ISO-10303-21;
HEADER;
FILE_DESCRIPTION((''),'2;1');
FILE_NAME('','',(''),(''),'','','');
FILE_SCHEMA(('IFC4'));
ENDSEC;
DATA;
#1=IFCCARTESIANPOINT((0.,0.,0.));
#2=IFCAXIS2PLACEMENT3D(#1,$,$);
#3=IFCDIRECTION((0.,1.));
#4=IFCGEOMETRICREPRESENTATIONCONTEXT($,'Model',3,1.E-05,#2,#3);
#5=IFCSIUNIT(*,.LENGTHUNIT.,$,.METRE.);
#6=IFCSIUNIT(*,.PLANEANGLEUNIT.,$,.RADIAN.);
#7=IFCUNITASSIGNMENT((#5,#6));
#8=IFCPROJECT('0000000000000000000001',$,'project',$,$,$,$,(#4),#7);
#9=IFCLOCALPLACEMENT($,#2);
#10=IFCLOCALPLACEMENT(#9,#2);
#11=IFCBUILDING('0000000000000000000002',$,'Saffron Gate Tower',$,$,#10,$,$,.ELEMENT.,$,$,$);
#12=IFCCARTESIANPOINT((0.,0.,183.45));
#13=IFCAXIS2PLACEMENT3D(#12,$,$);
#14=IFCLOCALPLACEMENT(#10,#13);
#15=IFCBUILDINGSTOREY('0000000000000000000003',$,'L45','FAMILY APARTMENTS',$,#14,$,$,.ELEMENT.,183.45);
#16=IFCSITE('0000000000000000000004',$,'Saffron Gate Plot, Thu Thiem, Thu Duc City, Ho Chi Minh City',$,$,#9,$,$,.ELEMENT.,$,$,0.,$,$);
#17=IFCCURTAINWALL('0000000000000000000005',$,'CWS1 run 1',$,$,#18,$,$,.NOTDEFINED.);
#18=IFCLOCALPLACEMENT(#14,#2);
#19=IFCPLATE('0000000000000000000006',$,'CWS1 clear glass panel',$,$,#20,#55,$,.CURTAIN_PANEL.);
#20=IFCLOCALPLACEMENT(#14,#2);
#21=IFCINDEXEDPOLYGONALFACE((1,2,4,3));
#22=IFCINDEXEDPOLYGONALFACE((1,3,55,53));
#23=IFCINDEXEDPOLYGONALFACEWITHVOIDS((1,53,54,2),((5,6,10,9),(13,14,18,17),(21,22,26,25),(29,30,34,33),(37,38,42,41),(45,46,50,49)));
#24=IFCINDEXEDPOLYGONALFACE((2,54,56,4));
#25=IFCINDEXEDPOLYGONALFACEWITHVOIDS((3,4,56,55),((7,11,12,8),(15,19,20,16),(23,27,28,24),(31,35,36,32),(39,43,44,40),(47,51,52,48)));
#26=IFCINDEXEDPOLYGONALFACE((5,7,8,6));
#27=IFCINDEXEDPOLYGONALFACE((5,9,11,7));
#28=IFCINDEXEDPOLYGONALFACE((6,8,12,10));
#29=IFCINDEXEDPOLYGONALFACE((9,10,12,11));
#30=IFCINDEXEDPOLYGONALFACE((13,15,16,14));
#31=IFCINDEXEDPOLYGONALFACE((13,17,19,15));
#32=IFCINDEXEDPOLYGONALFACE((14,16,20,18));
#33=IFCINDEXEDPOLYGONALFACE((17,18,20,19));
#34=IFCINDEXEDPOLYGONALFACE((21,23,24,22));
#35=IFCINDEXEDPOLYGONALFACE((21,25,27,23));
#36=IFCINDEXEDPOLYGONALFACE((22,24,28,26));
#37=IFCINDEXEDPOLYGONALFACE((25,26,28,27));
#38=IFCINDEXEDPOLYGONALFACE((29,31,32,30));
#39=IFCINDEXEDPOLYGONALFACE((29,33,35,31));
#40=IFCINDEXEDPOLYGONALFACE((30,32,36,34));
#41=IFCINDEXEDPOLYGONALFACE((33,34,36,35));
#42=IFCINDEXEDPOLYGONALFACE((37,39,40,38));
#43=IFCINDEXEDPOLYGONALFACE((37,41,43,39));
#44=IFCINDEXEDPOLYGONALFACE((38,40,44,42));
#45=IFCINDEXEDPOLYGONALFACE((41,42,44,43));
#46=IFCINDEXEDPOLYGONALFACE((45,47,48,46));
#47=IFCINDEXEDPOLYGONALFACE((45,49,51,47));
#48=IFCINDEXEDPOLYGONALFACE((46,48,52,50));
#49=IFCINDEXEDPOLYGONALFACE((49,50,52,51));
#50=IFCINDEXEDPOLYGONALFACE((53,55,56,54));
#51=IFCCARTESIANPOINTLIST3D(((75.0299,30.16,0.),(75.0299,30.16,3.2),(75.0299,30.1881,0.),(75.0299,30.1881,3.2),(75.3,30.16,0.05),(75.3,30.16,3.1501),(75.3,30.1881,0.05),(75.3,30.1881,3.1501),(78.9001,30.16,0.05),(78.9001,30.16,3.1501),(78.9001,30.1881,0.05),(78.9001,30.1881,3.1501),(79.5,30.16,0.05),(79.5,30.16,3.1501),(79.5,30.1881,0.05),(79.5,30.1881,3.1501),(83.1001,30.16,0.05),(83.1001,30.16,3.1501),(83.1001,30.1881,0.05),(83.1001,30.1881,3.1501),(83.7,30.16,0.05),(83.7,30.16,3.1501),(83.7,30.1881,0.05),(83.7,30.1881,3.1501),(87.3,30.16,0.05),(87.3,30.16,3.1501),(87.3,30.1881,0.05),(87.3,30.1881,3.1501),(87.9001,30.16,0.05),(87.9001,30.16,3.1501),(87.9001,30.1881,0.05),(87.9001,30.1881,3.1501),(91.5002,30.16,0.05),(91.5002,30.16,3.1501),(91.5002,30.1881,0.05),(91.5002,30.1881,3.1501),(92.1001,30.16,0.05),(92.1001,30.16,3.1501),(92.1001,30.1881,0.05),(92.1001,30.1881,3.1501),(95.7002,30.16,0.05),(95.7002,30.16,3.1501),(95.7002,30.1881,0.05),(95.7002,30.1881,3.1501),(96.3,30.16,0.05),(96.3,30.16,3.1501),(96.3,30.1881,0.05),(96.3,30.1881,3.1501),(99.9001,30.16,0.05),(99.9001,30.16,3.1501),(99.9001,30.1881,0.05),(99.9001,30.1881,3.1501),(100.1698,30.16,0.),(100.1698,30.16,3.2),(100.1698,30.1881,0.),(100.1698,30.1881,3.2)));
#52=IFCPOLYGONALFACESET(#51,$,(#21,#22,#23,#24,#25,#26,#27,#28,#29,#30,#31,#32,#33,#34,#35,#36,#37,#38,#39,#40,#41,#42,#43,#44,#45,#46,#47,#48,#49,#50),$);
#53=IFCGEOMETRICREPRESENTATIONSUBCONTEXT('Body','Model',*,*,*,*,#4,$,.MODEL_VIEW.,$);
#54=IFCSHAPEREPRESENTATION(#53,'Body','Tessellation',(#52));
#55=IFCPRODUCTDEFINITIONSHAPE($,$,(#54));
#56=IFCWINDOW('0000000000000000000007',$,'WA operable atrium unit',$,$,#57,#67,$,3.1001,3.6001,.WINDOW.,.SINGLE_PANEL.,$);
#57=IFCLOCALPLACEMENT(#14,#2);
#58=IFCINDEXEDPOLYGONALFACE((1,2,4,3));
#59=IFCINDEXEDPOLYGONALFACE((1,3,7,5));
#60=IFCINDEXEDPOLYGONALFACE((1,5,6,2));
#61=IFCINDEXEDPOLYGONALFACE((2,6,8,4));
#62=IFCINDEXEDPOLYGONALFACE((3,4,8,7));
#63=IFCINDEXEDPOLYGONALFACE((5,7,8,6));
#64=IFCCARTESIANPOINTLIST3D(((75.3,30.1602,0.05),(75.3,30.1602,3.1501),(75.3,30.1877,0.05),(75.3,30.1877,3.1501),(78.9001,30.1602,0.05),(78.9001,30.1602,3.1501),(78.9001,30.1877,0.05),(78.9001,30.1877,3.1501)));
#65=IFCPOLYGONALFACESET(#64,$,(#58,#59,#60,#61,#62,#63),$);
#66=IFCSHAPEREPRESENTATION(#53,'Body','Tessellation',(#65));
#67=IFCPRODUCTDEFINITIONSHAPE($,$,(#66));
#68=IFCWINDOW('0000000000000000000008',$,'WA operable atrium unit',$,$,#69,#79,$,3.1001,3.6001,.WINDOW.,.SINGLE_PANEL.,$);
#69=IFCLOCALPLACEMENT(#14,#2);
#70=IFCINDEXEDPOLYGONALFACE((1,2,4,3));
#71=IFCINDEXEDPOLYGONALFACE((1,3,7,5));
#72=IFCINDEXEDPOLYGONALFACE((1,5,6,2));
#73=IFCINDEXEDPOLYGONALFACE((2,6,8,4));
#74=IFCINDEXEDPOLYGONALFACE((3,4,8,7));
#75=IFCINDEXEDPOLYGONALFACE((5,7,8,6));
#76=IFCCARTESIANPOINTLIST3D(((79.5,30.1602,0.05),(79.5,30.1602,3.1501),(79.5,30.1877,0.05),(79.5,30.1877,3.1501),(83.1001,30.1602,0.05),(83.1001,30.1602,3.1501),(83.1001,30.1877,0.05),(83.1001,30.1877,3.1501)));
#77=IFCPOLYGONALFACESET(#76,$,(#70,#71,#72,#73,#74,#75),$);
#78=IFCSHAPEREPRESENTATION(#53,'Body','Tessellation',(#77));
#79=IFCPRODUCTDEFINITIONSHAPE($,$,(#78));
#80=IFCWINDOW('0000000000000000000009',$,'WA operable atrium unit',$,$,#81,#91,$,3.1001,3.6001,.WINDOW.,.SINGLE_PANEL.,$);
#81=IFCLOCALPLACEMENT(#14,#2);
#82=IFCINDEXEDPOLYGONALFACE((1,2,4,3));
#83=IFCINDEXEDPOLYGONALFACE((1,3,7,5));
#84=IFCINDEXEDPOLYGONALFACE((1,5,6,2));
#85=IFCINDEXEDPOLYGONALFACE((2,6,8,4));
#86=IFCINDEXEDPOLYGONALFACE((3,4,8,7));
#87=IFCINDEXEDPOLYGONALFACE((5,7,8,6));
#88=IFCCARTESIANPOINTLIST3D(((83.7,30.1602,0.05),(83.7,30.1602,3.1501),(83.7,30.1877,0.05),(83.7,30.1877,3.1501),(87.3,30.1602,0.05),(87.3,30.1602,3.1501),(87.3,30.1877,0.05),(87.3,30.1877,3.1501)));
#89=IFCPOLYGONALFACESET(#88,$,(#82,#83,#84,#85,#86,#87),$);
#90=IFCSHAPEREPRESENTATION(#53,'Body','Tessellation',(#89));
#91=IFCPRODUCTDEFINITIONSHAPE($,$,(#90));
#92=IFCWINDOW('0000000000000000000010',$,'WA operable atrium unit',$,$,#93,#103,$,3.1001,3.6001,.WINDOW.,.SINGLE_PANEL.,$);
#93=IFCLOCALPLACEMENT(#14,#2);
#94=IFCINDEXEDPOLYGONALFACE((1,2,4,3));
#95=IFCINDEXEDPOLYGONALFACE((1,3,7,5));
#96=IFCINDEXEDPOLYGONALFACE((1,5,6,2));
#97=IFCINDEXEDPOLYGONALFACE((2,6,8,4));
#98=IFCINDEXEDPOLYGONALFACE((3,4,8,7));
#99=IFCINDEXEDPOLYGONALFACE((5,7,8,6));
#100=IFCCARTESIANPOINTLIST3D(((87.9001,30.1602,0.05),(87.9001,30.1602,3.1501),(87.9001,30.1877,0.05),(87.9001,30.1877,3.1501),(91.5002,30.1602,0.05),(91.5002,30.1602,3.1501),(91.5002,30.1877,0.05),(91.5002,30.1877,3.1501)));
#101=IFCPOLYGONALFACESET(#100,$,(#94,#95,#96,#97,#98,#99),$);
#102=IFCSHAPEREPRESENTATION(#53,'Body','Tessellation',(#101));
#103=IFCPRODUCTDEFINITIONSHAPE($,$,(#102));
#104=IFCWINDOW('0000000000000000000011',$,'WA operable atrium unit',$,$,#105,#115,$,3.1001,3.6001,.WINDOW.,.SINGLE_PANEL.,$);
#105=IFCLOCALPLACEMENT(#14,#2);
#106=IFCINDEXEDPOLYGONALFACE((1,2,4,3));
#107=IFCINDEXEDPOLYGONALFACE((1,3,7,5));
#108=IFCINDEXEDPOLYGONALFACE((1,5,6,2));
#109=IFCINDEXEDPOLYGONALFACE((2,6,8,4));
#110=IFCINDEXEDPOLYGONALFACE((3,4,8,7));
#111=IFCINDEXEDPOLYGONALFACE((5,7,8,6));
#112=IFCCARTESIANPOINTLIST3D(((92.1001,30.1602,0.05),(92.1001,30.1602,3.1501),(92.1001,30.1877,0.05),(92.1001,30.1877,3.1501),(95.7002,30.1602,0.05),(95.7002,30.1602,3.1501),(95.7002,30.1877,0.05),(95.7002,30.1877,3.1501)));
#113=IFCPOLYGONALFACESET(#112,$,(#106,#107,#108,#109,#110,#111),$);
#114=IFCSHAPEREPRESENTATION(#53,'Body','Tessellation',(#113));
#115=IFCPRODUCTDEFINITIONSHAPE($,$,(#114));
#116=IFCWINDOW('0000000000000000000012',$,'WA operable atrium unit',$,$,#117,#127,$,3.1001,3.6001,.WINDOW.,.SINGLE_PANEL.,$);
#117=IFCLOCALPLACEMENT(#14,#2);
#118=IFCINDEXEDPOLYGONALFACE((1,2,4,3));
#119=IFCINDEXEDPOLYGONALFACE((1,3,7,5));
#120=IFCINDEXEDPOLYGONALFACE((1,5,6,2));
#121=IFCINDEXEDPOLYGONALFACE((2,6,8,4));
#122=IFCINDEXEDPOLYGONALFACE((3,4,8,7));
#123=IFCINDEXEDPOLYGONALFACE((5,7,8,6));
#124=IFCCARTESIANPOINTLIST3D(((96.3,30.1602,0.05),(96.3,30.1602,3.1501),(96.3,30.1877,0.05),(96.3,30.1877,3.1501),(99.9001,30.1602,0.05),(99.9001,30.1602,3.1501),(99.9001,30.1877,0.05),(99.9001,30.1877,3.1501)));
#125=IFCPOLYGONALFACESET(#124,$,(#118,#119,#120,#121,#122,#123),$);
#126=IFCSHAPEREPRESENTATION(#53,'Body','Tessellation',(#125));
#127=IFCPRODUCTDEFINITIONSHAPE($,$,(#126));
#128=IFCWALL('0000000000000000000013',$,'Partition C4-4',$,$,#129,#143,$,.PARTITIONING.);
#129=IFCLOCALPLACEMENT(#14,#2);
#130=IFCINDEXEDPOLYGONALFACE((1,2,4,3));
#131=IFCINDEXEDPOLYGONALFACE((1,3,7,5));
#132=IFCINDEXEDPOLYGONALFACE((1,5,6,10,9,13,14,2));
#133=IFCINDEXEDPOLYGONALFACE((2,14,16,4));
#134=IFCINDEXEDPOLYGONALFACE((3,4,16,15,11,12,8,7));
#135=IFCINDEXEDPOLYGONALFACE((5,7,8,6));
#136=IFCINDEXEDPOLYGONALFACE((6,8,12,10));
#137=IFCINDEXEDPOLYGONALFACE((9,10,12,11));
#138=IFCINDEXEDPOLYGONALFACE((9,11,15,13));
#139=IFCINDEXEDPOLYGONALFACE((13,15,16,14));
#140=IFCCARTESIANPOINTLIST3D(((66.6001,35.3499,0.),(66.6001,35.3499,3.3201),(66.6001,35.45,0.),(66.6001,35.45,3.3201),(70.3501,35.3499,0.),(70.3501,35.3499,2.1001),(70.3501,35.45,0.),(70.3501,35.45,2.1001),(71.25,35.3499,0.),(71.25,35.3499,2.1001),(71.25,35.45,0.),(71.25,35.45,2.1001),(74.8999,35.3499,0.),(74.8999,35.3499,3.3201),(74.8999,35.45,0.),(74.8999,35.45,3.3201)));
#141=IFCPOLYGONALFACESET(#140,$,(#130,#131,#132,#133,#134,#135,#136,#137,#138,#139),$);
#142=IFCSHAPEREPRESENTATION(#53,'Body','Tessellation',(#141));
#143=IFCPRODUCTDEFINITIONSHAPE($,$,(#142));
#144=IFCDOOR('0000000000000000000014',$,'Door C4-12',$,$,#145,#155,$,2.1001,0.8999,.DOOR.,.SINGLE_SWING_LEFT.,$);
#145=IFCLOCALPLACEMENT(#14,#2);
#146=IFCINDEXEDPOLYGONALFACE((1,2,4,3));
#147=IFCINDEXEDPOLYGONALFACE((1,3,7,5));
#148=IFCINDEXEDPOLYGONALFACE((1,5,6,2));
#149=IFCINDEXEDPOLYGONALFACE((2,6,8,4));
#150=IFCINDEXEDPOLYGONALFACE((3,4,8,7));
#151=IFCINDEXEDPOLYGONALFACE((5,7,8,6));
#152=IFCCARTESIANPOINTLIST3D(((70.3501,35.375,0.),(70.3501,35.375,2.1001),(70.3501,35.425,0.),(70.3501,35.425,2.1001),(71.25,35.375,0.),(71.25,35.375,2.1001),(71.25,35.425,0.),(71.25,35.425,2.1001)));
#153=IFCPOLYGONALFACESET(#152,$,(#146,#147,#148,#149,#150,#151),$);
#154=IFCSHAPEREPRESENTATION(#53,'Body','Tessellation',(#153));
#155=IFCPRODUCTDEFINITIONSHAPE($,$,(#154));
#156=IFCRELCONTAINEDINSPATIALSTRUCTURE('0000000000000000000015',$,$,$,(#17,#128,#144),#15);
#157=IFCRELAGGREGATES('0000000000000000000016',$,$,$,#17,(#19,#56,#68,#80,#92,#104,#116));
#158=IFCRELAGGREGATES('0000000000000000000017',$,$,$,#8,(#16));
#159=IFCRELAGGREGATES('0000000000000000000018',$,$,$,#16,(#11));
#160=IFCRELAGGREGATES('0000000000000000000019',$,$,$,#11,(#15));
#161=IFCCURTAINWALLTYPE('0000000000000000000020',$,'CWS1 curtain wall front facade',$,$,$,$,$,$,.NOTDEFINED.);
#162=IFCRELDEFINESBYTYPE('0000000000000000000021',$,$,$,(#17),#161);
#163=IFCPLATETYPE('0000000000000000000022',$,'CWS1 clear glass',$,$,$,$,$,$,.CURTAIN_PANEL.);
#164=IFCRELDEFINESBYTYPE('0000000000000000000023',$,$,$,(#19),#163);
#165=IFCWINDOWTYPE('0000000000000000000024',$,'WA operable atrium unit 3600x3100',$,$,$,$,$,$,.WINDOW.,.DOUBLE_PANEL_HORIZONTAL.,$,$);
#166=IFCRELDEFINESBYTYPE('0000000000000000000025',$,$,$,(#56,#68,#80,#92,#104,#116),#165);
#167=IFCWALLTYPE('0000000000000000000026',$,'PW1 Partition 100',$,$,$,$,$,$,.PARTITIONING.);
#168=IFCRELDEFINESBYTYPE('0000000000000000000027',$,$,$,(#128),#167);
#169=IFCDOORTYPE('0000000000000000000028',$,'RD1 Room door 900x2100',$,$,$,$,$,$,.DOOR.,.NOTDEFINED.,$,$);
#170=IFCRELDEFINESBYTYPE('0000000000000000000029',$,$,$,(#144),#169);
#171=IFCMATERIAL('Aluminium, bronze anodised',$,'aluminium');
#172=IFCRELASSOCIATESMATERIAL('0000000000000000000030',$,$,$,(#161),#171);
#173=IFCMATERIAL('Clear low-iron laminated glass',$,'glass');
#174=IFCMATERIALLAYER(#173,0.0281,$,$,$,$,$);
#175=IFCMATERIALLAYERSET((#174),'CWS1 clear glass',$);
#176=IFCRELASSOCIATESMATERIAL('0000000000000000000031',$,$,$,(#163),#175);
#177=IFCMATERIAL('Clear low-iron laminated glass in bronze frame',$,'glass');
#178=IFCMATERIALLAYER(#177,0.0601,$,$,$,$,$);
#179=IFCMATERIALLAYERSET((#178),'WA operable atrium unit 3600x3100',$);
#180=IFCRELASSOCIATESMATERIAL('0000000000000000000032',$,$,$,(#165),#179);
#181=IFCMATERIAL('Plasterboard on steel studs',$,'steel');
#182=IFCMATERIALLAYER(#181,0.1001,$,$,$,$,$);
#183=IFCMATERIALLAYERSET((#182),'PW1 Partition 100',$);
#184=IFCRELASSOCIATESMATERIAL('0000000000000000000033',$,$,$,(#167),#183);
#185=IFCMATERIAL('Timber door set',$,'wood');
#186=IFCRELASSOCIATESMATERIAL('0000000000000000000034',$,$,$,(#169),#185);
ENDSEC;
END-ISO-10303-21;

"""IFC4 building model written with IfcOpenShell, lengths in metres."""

from ifc_helpers import new_model, si_unit, direction, frame, frame_2d, origin, place, context, subcontext, project, spatial, rectangle, extrude, material, layer, layer_set, type_object, element, fill, aggregate, save


model = new_model("IFC4")

# Units and contexts
model_context = context("Model", 3, precision=1e-05, world=origin(), true_north=direction((0.0, 1.0)))
body_context = subcontext(model_context, "Body", "Model", "MODEL_VIEW")
ifc_project = project(units=[si_unit("LENGTHUNIT", "METRE"), si_unit("PLANEANGLEUNIT", "RADIAN")], contexts=[model_context])

# Site, building, storey
site_placement = place(None, origin())
site = spatial("IfcSite", under=ifc_project, at=site_placement, Name="Saffron Gate Plot, Thu Thiem, Thu Duc City, Ho Chi Minh City", CompositionType="ELEMENT", RefElevation=0.0)
building_placement = place(site_placement, origin())
building = spatial("IfcBuilding", under=site, at=building_placement, Name="Saffron Gate Tower", CompositionType="ELEMENT")
storey_placement = place(building_placement, frame((0.0, 0.0, 183.45)))
storey = spatial("IfcBuildingStorey", under=building, at=storey_placement, Name="L45", Description="FAMILY APARTMENTS", CompositionType="ELEMENT", Elevation=183.45)

# Curtain wall, plate, openings, windows
ifc_material_1 = material(Name="Aluminium, bronze anodised", Category="aluminium")
curtain_wall_type = type_object("IfcCurtainWallType", Name="CWS1 curtain wall front facade", PredefinedType="NOTDEFINED", material=ifc_material_1)
curtain_wall_placement = place(storey_placement, origin())
curtain_wall = element("IfcCurtainWall", 1, at=curtain_wall_placement, inside=storey, type_object=curtain_wall_type, Name="CWS1 run 1", PredefinedType="NOTDEFINED")
ifc_material_2 = material(Name="Clear low-iron laminated glass", Category="glass")
ifc_layer_1 = layer(ifc_material_2, 0.0281)
ifc_layer_set_1 = layer_set([ifc_layer_1], Name="CWS1 clear glass")
plate_type = type_object("IfcPlateType", Name="CWS1 clear glass", PredefinedType="CURTAIN_PANEL", material=ifc_layer_set_1)
plate_placement = place(storey_placement, frame((75.03, 30.1741, 0.0), z_axis=(0.0, 0.0, 1.0), x_axis=(1.0, 0.0, 0.0)))
plate = element("IfcPlate", 2, at=plate_placement, type_object=plate_type, Name="CWS1 clear glass panel", PredefinedType="CURTAIN_PANEL", context=body_context, shape_type="SweptSolid", body=[
    extrude(rectangle(XDim=25.1399, YDim=0.0281, at=frame_2d((12.5698, 0.0))), origin(), (0.0, 0.0, 1.0), 3.2),
])
opening_1_placement = place(plate_placement, frame((0.27, 0.0, 0.05)))
opening_1 = element("IfcOpeningElement", 3, at=opening_1_placement, cuts=plate, PredefinedType="OPENING", context=body_context, shape_type="SweptSolid", body=[
    extrude(rectangle(XDim=3.6001, YDim=3.1001, at=frame_2d((1.8, 1.55))), frame((0.0, 0.0239, 0.0), z_axis=(0.0, -1.0, 0.0), x_axis=(1.0, 0.0, 0.0)), (0.0, 0.0, 1.0), 0.0481),
])
opening_2_placement = place(plate_placement, frame((4.47, 0.0, 0.05)))
opening_2 = element("IfcOpeningElement", 4, at=opening_2_placement, cuts=plate, PredefinedType="OPENING", context=body_context, shape_type="SweptSolid", body=[
    extrude(rectangle(XDim=3.6001, YDim=3.1001, at=frame_2d((1.8, 1.55))), frame((0.0, 0.0239, 0.0), z_axis=(0.0, -1.0, 0.0), x_axis=(1.0, 0.0, 0.0)), (0.0, 0.0, 1.0), 0.0481),
])
opening_3_placement = place(plate_placement, frame((8.6699, 0.0, 0.05)))
opening_3 = element("IfcOpeningElement", 5, at=opening_3_placement, cuts=plate, PredefinedType="OPENING", context=body_context, shape_type="SweptSolid", body=[
    extrude(rectangle(XDim=3.6001, YDim=3.1001, at=frame_2d((1.8, 1.55))), frame((0.0, 0.0239, 0.0), z_axis=(0.0, -1.0, 0.0), x_axis=(1.0, 0.0, 0.0)), (0.0, 0.0, 1.0), 0.0481),
])
opening_4_placement = place(plate_placement, frame((12.8701, 0.0, 0.05)))
opening_4 = element("IfcOpeningElement", 6, at=opening_4_placement, cuts=plate, PredefinedType="OPENING", context=body_context, shape_type="SweptSolid", body=[
    extrude(rectangle(XDim=3.6001, YDim=3.1001, at=frame_2d((1.8, 1.55))), frame((0.0, 0.0239, 0.0), z_axis=(0.0, -1.0, 0.0), x_axis=(1.0, 0.0, 0.0)), (0.0, 0.0, 1.0), 0.0481),
])
opening_5_placement = place(plate_placement, frame((17.0701, 0.0, 0.05)))
opening_5 = element("IfcOpeningElement", 7, at=opening_5_placement, cuts=plate, PredefinedType="OPENING", context=body_context, shape_type="SweptSolid", body=[
    extrude(rectangle(XDim=3.6001, YDim=3.1001, at=frame_2d((1.8, 1.55))), frame((0.0, 0.0239, 0.0), z_axis=(0.0, -1.0, 0.0), x_axis=(1.0, 0.0, 0.0)), (0.0, 0.0, 1.0), 0.0481),
])
opening_6_placement = place(plate_placement, frame((21.27, 0.0, 0.05)))
opening_6 = element("IfcOpeningElement", 8, at=opening_6_placement, cuts=plate, PredefinedType="OPENING", context=body_context, shape_type="SweptSolid", body=[
    extrude(rectangle(XDim=3.6001, YDim=3.1001, at=frame_2d((1.8, 1.55))), frame((0.0, 0.0239, 0.0), z_axis=(0.0, -1.0, 0.0), x_axis=(1.0, 0.0, 0.0)), (0.0, 0.0, 1.0), 0.0481),
])
ifc_material_3 = material(Name="Clear low-iron laminated glass in bronze frame", Category="glass")
ifc_layer_2 = layer(ifc_material_3, 0.0601)
ifc_layer_set_2 = layer_set([ifc_layer_2], Name="WA operable atrium unit 3600x3100")
window_type = type_object("IfcWindowType", Name="WA operable atrium unit 3600x3100", PartitioningType="DOUBLE_PANEL_HORIZONTAL", PredefinedType="WINDOW", material=ifc_layer_set_2)
window_1_placement = place(opening_1_placement, origin())
window_1 = element("IfcWindow", 9, at=window_1_placement, type_object=window_type, Name="WA operable atrium unit", OverallHeight=3.1001, OverallWidth=3.6001, PartitioningType="SINGLE_PANEL", PredefinedType="WINDOW", context=body_context, shape_type="SweptSolid", body=[
    extrude(rectangle(XDim=3.6001, YDim=3.1001, at=frame_2d((1.8, 1.55))), frame((0.0, 0.0137, 0.0), z_axis=(0.0, -1.0, 0.0), x_axis=(1.0, 0.0, 0.0)), (0.0, 0.0, 1.0), 0.0276),
])
fill(opening_1, window_1)
window_2_placement = place(opening_2_placement, origin())
window_2 = element("IfcWindow", 10, at=window_2_placement, type_object=window_type, Name="WA operable atrium unit", OverallHeight=3.1001, OverallWidth=3.6001, PartitioningType="SINGLE_PANEL", PredefinedType="WINDOW", context=body_context, shape_type="SweptSolid", body=[
    extrude(rectangle(XDim=3.6001, YDim=3.1001, at=frame_2d((1.8, 1.55))), frame((0.0, 0.0137, 0.0), z_axis=(0.0, -1.0, 0.0), x_axis=(1.0, 0.0, 0.0)), (0.0, 0.0, 1.0), 0.0276),
])
fill(opening_2, window_2)
window_3_placement = place(opening_3_placement, origin())
window_3 = element("IfcWindow", 11, at=window_3_placement, type_object=window_type, Name="WA operable atrium unit", OverallHeight=3.1001, OverallWidth=3.6001, PartitioningType="SINGLE_PANEL", PredefinedType="WINDOW", context=body_context, shape_type="SweptSolid", body=[
    extrude(rectangle(XDim=3.6001, YDim=3.1001, at=frame_2d((1.8, 1.55))), frame((0.0, 0.0137, 0.0), z_axis=(0.0, -1.0, 0.0), x_axis=(1.0, 0.0, 0.0)), (0.0, 0.0, 1.0), 0.0276),
])
fill(opening_3, window_3)
window_4_placement = place(opening_4_placement, origin())
window_4 = element("IfcWindow", 12, at=window_4_placement, type_object=window_type, Name="WA operable atrium unit", OverallHeight=3.1001, OverallWidth=3.6001, PartitioningType="SINGLE_PANEL", PredefinedType="WINDOW", context=body_context, shape_type="SweptSolid", body=[
    extrude(rectangle(XDim=3.6001, YDim=3.1001, at=frame_2d((1.8, 1.55))), frame((0.0, 0.0137, 0.0), z_axis=(0.0, -1.0, 0.0), x_axis=(1.0, 0.0, 0.0)), (0.0, 0.0, 1.0), 0.0276),
])
fill(opening_4, window_4)
window_5_placement = place(opening_5_placement, origin())
window_5 = element("IfcWindow", 13, at=window_5_placement, type_object=window_type, Name="WA operable atrium unit", OverallHeight=3.1001, OverallWidth=3.6001, PartitioningType="SINGLE_PANEL", PredefinedType="WINDOW", context=body_context, shape_type="SweptSolid", body=[
    extrude(rectangle(XDim=3.6001, YDim=3.1001, at=frame_2d((1.8, 1.55))), frame((0.0, 0.0137, 0.0), z_axis=(0.0, -1.0, 0.0), x_axis=(1.0, 0.0, 0.0)), (0.0, 0.0, 1.0), 0.0276),
])
fill(opening_5, window_5)
window_6_placement = place(opening_6_placement, origin())
window_6 = element("IfcWindow", 14, at=window_6_placement, type_object=window_type, Name="WA operable atrium unit", OverallHeight=3.1001, OverallWidth=3.6001, PartitioningType="SINGLE_PANEL", PredefinedType="WINDOW", context=body_context, shape_type="SweptSolid", body=[
    extrude(rectangle(XDim=3.6001, YDim=3.1001, at=frame_2d((1.8, 1.55))), frame((0.0, 0.0137, 0.0), z_axis=(0.0, -1.0, 0.0), x_axis=(1.0, 0.0, 0.0)), (0.0, 0.0, 1.0), 0.0276),
])
fill(opening_6, window_6)
aggregate(curtain_wall, [plate, window_1, window_2, window_3, window_4, window_5, window_6])

# Wall, opening, door
ifc_material_4 = material(Name="Plasterboard on steel studs", Category="steel")
ifc_layer_3 = layer(ifc_material_4, 0.1001)
ifc_layer_set_3 = layer_set([ifc_layer_3], Name="PW1 Partition 100")
wall_type_1 = type_object("IfcWallType", Name="PW1 Partition 100", PredefinedType="PARTITIONING", material=ifc_layer_set_3)
wall_1_placement = place(storey_placement, frame((74.8999, 35.3999, 0.0), z_axis=(0.0, 0.0, 1.0), x_axis=(-1.0, 0.0, 0.0)))
wall_1 = element("IfcWall", 15, at=wall_1_placement, inside=storey, type_object=wall_type_1, Name="Partition C4-4", PredefinedType="PARTITIONING", context=body_context, shape_type="SweptSolid", body=[
    extrude(rectangle(XDim=8.2998, YDim=0.1001, at=frame_2d((4.1499, 0.0))), origin(), (0.0, 0.0, 1.0), 3.3201),
])
opening_7_placement = place(wall_1_placement, frame((3.6499, 0.0, 0.0)))
opening_7 = element("IfcOpeningElement", 16, at=opening_7_placement, cuts=wall_1, PredefinedType="OPENING", context=body_context, shape_type="SweptSolid", body=[
    extrude(rectangle(XDim=0.8999, YDim=2.1001, at=frame_2d((0.45, 1.05))), frame((0.0, 0.0601, 0.0), z_axis=(0.0, -1.0, 0.0), x_axis=(1.0, 0.0, 0.0)), (0.0, 0.0, 1.0), 0.1201),
])
ifc_material_5 = material(Name="Timber door set", Category="wood")
door_type = type_object("IfcDoorType", Name="RD1 Room door 900x2100", OperationType="NOTDEFINED", PredefinedType="DOOR", material=ifc_material_5)
door_placement = place(opening_7_placement, origin())
door = element("IfcDoor", 17, at=door_placement, inside=storey, type_object=door_type, Name="Door C4-12", OperationType="SINGLE_SWING_LEFT", OverallHeight=2.1001, OverallWidth=0.8999, PredefinedType="DOOR", context=body_context, shape_type="SweptSolid", body=[
    extrude(rectangle(XDim=0.8999, YDim=2.1001, at=frame_2d((0.45, 1.05))), frame((0.0, 0.0249, 0.0), z_axis=(0.0, -1.0, 0.0), x_axis=(1.0, 0.0, 0.0)), (0.0, 0.0, 1.0), 0.05),
])
fill(opening_7, door)

save(model, "model.ifc")
